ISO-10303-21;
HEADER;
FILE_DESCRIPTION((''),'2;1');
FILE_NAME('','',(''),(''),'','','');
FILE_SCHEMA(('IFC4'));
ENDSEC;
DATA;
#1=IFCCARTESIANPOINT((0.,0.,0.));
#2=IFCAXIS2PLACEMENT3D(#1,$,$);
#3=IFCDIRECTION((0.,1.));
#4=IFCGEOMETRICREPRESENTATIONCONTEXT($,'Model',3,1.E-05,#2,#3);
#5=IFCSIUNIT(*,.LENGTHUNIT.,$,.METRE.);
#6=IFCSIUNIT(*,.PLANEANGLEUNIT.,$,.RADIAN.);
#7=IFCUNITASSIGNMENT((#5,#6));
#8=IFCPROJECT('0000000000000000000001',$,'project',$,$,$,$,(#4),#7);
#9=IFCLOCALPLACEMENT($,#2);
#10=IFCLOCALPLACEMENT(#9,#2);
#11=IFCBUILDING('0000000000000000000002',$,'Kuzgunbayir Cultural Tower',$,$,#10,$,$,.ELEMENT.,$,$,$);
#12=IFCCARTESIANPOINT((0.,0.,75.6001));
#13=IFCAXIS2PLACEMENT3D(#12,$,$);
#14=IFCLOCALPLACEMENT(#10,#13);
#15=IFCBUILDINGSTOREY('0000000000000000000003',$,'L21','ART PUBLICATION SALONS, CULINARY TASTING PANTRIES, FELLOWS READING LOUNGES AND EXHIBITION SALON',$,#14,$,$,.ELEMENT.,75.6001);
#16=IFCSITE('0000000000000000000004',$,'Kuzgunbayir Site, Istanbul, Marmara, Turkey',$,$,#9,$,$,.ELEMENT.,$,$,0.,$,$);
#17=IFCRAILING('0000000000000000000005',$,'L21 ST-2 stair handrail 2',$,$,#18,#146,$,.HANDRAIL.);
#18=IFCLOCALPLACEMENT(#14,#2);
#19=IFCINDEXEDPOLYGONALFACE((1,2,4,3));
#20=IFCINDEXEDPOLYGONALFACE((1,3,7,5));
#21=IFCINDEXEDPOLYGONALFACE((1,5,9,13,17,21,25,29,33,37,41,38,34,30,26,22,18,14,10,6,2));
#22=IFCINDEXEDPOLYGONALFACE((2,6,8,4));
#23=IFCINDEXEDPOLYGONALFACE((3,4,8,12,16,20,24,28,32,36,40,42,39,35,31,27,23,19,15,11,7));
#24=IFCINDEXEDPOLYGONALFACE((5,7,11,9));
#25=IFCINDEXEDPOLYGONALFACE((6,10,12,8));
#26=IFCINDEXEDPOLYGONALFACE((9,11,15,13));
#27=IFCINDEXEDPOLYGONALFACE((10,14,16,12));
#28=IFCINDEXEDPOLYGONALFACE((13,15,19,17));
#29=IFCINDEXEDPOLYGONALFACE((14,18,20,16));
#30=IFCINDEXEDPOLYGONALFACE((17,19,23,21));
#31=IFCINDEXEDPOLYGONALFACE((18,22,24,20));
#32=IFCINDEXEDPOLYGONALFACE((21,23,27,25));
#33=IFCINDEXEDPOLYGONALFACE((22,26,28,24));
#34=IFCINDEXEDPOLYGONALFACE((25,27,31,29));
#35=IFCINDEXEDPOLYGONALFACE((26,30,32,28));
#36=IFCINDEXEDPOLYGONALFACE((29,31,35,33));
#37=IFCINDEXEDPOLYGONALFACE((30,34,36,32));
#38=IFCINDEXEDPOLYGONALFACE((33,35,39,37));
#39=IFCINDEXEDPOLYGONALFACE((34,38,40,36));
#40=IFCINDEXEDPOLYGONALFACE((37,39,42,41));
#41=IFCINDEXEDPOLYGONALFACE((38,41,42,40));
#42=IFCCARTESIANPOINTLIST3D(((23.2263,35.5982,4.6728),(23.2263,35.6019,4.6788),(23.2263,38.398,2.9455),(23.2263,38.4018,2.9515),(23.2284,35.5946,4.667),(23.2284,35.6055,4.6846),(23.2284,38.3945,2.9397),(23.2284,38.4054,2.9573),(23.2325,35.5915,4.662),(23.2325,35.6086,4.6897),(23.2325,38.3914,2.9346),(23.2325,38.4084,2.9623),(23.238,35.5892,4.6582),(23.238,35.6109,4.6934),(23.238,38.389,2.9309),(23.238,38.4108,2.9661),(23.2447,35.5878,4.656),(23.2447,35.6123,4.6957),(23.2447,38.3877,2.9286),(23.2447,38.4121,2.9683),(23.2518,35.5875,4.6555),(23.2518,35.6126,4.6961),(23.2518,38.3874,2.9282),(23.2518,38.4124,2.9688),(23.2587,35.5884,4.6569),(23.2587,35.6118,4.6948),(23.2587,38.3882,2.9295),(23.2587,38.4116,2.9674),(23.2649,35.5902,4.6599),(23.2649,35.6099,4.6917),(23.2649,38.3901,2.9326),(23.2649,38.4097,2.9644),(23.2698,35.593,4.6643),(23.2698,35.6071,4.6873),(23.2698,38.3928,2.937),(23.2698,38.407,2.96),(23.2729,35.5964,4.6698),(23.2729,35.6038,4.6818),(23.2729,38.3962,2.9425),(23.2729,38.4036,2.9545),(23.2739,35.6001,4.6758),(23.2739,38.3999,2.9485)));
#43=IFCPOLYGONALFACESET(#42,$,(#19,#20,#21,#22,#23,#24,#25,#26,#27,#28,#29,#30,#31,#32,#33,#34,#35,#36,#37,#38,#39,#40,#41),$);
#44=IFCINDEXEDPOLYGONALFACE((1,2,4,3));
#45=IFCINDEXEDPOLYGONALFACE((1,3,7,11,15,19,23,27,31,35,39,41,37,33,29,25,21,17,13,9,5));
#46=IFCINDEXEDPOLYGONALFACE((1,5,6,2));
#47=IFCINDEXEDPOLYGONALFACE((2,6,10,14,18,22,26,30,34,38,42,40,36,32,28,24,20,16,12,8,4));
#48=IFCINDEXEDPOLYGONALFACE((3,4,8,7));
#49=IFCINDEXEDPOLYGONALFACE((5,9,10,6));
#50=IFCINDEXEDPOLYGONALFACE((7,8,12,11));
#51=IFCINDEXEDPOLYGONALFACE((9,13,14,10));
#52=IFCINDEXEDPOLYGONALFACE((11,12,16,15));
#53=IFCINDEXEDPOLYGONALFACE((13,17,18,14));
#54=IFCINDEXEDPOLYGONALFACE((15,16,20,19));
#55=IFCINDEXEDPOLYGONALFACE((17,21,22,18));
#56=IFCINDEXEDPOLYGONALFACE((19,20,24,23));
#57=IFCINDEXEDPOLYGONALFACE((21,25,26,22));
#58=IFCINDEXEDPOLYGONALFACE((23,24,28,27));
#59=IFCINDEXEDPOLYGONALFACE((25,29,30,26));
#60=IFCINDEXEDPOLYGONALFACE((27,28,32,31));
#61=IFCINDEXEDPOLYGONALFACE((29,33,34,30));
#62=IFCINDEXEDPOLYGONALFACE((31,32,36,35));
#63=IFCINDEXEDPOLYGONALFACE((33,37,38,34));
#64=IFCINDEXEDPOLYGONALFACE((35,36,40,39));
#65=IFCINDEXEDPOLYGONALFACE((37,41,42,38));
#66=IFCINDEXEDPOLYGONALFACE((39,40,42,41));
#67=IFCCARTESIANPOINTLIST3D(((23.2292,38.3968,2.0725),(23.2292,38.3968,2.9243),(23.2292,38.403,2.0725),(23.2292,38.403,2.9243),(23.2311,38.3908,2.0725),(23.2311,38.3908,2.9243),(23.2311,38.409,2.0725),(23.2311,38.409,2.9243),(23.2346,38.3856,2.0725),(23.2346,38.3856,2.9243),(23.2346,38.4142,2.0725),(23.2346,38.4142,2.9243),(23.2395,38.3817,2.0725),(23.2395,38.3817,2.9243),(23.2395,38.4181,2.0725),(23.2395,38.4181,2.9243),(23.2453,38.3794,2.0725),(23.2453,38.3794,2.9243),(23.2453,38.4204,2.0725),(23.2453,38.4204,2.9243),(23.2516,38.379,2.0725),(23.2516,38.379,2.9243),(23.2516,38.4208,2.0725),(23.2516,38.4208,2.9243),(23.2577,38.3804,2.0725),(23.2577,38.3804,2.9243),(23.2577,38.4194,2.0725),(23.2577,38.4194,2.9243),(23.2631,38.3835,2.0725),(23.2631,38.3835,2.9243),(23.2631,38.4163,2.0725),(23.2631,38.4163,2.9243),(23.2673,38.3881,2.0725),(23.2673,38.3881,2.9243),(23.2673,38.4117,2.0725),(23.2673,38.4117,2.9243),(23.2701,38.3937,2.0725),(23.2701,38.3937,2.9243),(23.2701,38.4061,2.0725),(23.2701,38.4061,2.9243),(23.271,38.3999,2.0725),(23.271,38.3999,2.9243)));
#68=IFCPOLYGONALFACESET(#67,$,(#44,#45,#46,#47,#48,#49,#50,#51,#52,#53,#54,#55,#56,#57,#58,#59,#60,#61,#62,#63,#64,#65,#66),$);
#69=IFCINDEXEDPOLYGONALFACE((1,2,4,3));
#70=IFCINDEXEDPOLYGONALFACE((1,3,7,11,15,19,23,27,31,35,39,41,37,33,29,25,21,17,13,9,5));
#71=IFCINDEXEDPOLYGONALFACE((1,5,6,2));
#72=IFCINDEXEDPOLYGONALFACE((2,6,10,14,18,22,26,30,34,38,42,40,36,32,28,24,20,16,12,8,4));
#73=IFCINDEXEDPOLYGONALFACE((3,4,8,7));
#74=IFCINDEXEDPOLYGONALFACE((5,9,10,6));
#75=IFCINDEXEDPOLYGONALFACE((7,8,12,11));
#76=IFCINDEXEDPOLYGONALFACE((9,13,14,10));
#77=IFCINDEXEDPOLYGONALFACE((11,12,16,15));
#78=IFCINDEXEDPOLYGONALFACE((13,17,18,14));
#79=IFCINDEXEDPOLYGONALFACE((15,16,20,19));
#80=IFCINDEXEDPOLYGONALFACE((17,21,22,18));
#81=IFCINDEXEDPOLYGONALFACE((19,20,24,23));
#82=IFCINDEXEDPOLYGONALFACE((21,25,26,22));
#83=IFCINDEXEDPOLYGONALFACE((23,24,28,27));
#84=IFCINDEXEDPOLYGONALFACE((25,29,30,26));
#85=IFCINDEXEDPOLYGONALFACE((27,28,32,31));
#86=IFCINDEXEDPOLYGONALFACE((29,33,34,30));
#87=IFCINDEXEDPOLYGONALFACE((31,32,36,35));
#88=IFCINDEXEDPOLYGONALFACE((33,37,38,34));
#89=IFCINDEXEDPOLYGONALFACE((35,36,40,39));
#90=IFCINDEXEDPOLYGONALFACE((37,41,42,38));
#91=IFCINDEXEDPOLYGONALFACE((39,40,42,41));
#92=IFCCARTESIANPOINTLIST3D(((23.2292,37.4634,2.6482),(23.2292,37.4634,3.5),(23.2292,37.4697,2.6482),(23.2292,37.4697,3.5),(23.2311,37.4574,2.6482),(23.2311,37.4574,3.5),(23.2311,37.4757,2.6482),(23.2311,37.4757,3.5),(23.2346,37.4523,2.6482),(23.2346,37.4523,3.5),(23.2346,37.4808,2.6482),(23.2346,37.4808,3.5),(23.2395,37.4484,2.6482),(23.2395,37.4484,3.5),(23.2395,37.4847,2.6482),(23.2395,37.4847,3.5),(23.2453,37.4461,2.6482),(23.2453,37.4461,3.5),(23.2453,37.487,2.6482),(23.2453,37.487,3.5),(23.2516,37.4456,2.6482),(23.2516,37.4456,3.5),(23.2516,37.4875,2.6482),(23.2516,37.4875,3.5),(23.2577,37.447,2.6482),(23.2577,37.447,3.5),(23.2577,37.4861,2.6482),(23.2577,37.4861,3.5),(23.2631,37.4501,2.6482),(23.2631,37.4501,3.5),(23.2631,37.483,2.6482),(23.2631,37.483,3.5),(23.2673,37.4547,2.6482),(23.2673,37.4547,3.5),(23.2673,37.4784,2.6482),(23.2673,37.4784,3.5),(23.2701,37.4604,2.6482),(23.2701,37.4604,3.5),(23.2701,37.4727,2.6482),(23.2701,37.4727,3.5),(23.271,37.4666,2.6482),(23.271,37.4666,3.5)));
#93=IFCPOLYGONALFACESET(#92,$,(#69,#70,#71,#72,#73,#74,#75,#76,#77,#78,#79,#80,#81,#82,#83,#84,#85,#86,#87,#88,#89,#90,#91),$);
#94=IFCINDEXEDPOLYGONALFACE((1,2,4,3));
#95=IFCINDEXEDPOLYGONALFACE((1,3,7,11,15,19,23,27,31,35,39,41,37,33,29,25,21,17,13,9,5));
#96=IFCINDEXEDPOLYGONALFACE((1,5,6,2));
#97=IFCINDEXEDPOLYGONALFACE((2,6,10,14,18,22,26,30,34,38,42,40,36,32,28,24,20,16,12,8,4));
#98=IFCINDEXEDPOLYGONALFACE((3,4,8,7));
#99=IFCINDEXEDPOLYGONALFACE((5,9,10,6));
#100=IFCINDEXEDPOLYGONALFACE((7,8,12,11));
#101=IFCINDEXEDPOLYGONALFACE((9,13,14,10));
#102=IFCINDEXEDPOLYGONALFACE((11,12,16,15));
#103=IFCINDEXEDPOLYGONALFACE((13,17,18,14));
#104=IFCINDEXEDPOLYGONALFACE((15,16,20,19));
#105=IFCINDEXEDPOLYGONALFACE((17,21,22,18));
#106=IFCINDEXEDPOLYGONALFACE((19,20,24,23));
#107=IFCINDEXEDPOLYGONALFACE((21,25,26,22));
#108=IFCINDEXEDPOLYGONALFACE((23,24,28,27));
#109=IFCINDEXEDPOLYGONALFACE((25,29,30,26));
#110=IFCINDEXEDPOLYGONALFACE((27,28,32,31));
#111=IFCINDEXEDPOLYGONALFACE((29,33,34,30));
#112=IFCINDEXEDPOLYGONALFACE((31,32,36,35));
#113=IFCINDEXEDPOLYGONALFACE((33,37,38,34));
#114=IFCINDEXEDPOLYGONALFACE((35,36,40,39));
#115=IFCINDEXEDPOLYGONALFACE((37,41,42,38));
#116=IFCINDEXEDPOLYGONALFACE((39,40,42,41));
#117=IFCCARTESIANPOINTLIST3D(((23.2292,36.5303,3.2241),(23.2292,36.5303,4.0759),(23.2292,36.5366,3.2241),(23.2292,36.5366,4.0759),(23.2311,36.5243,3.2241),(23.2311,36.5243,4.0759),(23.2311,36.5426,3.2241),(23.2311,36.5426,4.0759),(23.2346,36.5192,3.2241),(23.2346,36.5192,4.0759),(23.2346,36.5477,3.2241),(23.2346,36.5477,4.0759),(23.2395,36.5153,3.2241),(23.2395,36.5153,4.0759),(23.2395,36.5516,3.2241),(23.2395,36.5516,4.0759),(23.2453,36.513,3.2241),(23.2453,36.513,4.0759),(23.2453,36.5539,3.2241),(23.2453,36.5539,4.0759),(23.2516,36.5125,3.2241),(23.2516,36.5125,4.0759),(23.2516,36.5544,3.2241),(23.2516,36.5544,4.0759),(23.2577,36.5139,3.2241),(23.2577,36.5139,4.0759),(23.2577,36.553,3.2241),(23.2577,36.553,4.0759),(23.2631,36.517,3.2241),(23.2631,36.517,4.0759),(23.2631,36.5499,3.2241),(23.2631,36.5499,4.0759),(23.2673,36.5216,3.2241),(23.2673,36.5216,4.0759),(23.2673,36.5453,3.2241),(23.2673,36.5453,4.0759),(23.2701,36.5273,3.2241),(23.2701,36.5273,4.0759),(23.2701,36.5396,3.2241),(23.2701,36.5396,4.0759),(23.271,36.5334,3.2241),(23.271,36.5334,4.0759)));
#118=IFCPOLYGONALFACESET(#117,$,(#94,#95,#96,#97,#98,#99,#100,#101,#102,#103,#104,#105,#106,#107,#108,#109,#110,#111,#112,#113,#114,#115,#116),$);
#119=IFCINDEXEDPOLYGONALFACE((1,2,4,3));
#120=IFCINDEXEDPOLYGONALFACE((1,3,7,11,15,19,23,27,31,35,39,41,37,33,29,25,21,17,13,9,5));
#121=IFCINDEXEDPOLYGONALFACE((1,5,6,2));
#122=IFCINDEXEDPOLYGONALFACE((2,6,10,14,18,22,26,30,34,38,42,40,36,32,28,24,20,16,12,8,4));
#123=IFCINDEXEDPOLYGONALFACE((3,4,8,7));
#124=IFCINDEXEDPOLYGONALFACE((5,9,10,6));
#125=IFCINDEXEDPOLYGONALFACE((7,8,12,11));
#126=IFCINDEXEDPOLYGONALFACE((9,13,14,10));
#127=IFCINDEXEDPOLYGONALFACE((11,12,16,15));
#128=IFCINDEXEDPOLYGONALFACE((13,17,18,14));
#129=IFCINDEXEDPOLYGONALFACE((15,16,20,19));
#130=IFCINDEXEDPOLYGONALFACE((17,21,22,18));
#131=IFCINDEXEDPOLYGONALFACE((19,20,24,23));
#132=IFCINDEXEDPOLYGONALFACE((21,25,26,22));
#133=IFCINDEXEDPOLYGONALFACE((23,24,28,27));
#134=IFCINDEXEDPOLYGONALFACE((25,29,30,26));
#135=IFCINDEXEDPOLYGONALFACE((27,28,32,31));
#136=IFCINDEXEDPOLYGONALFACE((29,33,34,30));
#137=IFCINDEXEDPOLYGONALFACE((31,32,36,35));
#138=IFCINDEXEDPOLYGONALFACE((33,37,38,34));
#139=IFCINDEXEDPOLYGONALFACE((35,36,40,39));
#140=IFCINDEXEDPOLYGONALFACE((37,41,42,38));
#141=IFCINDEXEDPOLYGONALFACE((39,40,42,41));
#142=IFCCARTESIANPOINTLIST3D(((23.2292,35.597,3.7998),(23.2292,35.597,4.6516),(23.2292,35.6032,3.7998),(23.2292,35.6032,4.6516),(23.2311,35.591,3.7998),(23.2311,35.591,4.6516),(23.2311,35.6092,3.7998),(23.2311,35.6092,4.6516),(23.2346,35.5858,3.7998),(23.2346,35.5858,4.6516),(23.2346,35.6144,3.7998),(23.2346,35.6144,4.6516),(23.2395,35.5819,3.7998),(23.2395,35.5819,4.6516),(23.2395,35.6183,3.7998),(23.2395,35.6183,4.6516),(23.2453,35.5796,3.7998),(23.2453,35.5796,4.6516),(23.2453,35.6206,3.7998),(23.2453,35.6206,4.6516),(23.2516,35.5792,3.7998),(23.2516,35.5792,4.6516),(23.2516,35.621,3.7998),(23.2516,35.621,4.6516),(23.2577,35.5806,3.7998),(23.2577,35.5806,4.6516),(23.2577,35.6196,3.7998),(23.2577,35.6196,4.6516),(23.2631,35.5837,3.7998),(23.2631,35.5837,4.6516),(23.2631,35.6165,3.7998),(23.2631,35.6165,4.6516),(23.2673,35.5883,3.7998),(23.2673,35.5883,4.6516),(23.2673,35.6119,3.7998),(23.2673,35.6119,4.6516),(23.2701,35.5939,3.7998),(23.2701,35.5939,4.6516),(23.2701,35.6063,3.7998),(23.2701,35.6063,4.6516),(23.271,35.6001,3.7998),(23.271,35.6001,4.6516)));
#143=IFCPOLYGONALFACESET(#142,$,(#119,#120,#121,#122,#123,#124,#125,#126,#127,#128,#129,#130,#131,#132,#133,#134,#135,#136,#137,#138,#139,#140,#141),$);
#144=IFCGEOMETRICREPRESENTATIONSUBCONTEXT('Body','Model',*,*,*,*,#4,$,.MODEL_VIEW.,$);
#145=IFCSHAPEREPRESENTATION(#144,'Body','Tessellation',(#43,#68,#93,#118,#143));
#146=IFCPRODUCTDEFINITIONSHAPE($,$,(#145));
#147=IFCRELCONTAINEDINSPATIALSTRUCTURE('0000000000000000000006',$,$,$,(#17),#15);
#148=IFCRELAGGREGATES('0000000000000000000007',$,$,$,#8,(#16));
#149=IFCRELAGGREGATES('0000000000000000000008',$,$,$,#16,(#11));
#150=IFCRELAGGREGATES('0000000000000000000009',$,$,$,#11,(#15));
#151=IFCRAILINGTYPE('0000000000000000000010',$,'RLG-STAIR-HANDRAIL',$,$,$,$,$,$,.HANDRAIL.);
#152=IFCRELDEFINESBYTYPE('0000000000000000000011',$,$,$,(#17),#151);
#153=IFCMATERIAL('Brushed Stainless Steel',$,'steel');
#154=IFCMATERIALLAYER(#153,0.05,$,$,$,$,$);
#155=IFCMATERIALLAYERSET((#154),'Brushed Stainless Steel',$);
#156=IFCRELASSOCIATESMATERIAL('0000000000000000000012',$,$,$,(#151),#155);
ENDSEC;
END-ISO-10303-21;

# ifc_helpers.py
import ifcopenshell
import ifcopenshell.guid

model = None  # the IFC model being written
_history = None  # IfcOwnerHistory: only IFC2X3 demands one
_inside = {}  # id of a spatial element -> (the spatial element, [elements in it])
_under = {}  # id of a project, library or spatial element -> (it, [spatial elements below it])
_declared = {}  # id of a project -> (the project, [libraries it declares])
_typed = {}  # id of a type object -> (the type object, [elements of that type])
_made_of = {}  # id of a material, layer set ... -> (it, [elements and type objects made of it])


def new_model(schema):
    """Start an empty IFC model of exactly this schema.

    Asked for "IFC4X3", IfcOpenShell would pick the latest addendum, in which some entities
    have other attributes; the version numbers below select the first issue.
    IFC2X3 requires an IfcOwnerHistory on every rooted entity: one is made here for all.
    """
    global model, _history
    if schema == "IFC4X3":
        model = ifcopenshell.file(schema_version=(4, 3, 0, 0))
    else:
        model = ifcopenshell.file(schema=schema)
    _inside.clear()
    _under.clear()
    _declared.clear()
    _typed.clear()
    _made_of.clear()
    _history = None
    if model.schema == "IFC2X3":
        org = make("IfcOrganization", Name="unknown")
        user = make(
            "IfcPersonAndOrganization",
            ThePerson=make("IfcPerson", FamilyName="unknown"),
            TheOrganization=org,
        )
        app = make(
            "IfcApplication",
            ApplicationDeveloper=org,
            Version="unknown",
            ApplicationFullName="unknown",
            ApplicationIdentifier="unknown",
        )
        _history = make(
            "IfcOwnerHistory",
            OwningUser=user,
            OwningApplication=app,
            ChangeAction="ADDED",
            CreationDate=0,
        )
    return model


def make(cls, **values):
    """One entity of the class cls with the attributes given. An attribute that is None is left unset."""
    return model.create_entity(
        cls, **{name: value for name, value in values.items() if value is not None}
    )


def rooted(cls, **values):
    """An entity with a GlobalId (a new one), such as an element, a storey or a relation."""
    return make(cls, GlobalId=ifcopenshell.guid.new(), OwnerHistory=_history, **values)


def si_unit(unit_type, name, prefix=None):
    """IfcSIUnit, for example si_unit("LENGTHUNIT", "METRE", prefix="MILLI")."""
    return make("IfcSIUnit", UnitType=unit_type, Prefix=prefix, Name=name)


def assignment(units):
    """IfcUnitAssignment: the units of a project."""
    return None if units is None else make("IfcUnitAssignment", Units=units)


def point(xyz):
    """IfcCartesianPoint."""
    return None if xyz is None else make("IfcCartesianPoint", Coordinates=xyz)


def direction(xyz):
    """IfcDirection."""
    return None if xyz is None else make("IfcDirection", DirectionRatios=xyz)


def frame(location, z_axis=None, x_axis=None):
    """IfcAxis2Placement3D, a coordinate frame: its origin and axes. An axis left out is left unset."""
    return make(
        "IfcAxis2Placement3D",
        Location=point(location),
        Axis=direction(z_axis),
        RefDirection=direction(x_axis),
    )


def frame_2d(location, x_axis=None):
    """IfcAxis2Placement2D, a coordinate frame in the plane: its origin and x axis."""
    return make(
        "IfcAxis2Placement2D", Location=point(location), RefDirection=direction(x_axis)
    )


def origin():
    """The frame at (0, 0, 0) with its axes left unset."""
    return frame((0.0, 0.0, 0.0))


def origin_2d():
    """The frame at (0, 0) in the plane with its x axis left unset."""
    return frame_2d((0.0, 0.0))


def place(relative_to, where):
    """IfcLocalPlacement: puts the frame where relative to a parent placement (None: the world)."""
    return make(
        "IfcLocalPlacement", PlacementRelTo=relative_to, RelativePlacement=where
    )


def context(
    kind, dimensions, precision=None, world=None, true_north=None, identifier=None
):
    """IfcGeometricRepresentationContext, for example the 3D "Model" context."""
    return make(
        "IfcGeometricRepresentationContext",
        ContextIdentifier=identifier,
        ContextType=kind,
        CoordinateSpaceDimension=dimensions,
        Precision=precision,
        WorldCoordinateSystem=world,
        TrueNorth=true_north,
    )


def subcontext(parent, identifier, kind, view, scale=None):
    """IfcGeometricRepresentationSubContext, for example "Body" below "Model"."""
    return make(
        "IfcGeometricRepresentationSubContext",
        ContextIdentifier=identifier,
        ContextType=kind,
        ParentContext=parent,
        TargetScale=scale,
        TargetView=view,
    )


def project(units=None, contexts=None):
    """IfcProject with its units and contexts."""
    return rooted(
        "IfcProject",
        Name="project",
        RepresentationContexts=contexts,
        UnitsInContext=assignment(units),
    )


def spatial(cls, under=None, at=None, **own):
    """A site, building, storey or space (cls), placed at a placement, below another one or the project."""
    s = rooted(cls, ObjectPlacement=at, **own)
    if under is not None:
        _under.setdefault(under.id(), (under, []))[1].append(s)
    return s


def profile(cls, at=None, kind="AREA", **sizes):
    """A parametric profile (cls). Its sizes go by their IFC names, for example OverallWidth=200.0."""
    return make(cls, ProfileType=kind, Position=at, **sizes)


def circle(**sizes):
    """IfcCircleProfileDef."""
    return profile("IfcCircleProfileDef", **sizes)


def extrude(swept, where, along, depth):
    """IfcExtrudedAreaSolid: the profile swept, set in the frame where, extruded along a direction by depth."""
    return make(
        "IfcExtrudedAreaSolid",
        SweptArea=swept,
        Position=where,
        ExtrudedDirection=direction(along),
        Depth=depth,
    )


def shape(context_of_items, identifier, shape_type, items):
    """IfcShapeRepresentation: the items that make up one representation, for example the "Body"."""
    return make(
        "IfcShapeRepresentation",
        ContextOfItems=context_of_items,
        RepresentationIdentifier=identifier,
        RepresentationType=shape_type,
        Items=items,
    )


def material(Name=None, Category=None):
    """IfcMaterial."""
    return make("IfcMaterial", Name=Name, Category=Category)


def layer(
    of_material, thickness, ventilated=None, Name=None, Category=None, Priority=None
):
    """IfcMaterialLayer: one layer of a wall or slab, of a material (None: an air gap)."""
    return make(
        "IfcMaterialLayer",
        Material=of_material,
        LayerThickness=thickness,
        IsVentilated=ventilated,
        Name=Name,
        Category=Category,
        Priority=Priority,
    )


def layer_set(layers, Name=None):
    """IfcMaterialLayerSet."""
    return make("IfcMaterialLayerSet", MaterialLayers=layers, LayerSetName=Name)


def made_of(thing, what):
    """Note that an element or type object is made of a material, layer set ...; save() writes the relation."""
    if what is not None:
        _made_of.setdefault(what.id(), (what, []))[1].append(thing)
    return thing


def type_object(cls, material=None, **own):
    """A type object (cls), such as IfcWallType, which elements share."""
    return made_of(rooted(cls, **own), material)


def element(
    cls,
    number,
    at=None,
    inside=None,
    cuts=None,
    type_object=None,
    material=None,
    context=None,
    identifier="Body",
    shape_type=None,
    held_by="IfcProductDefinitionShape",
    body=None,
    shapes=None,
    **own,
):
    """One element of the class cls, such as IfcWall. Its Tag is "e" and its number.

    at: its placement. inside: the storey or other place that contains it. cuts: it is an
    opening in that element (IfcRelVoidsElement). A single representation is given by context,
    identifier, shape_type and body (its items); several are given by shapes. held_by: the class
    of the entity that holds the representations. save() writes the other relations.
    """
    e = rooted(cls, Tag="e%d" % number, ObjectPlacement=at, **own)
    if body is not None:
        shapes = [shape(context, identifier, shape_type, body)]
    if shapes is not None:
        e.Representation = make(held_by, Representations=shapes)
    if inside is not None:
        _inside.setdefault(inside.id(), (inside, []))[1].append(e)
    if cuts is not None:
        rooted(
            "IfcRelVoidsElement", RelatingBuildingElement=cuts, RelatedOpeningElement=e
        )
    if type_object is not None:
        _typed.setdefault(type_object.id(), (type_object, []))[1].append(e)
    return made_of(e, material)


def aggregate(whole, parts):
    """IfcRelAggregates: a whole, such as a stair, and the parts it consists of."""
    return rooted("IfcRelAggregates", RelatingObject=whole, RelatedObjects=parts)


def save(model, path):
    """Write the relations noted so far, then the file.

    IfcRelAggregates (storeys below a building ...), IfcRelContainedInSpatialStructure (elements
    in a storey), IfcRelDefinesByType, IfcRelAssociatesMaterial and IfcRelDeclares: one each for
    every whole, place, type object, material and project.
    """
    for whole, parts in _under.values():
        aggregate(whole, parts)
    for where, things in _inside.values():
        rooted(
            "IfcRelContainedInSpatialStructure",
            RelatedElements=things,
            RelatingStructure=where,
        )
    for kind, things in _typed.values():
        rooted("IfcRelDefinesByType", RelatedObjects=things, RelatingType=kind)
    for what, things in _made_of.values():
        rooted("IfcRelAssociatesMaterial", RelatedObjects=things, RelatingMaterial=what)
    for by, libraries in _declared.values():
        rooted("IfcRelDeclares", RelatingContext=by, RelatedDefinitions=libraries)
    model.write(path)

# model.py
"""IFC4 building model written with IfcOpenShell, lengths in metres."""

from ifc_helpers import new_model, si_unit, direction, frame, origin, origin_2d, place, context, subcontext, project, spatial, circle, extrude, material, layer, layer_set, type_object, element, save


model = new_model("IFC4")

# Units and contexts
model_context = context("Model", 3, precision=1e-05, world=origin(), true_north=direction((0.0, 1.0)))
body_context = subcontext(model_context, "Body", "Model", "MODEL_VIEW")
ifc_project = project(units=[si_unit("LENGTHUNIT", "METRE"), si_unit("PLANEANGLEUNIT", "RADIAN")], contexts=[model_context])

# Site, building, storey
site_placement = place(None, origin())
site = spatial("IfcSite", under=ifc_project, at=site_placement, Name="Kuzgunbayir Site, Istanbul, Marmara, Turkey", CompositionType="ELEMENT", RefElevation=0.0)
building_placement = place(site_placement, origin())
building = spatial("IfcBuilding", under=site, at=building_placement, Name="Kuzgunbayir Cultural Tower", CompositionType="ELEMENT")
storey_placement = place(building_placement, frame((0.0, 0.0, 75.6001)))
storey = spatial("IfcBuildingStorey", under=building, at=storey_placement, Name="L21", Description="ART PUBLICATION SALONS, CULINARY TASTING PANTRIES, FELLOWS READING LOUNGES AND EXHIBITION SALON", CompositionType="ELEMENT", Elevation=75.6001)

# Railing
ifc_material_1 = material(Name="Brushed Stainless Steel", Category="steel")
ifc_layer_1 = layer(ifc_material_1, 0.05)
ifc_layer_set_1 = layer_set([ifc_layer_1], Name="Brushed Stainless Steel")
railing_type_1 = type_object("IfcRailingType", Name="RLG-STAIR-HANDRAIL", PredefinedType="HANDRAIL", material=ifc_layer_set_1)
railing_1_placement = place(storey_placement, frame((23.25, 38.3999, 2.0725)))
element("IfcRailing", 1, at=railing_1_placement, inside=storey, type_object=railing_type_1, Name="L21 ST-2 stair handrail 2", PredefinedType="HANDRAIL", context=body_context, shape_type="SweptSolid", body=[
    extrude(circle(Radius=0.0239, at=origin_2d()), frame((0.0, 0.0, 0.876), z_axis=(0.0, -0.851069, 0.525054), x_axis=(1.0, 0.0, 0.0)), (0.0, 0.0, 1.0), 3.2898),
    extrude(circle(Radius=0.021, at=origin_2d()), origin(), (0.0, 0.0, 1.0), 0.8518),
    extrude(circle(Radius=0.021, at=origin_2d()), frame((0.0, -0.9333, 0.5757)), (0.0, 0.0, 1.0), 0.8518),
    extrude(circle(Radius=0.021, at=origin_2d()), frame((0.0, -1.8665, 1.1516)), (0.0, 0.0, 1.0), 0.8518),
    extrude(circle(Radius=0.021, at=origin_2d()), frame((0.0, -2.7998, 1.7273)), (0.0, 0.0, 1.0), 0.8518),
])

save(model, "model.ifc")
